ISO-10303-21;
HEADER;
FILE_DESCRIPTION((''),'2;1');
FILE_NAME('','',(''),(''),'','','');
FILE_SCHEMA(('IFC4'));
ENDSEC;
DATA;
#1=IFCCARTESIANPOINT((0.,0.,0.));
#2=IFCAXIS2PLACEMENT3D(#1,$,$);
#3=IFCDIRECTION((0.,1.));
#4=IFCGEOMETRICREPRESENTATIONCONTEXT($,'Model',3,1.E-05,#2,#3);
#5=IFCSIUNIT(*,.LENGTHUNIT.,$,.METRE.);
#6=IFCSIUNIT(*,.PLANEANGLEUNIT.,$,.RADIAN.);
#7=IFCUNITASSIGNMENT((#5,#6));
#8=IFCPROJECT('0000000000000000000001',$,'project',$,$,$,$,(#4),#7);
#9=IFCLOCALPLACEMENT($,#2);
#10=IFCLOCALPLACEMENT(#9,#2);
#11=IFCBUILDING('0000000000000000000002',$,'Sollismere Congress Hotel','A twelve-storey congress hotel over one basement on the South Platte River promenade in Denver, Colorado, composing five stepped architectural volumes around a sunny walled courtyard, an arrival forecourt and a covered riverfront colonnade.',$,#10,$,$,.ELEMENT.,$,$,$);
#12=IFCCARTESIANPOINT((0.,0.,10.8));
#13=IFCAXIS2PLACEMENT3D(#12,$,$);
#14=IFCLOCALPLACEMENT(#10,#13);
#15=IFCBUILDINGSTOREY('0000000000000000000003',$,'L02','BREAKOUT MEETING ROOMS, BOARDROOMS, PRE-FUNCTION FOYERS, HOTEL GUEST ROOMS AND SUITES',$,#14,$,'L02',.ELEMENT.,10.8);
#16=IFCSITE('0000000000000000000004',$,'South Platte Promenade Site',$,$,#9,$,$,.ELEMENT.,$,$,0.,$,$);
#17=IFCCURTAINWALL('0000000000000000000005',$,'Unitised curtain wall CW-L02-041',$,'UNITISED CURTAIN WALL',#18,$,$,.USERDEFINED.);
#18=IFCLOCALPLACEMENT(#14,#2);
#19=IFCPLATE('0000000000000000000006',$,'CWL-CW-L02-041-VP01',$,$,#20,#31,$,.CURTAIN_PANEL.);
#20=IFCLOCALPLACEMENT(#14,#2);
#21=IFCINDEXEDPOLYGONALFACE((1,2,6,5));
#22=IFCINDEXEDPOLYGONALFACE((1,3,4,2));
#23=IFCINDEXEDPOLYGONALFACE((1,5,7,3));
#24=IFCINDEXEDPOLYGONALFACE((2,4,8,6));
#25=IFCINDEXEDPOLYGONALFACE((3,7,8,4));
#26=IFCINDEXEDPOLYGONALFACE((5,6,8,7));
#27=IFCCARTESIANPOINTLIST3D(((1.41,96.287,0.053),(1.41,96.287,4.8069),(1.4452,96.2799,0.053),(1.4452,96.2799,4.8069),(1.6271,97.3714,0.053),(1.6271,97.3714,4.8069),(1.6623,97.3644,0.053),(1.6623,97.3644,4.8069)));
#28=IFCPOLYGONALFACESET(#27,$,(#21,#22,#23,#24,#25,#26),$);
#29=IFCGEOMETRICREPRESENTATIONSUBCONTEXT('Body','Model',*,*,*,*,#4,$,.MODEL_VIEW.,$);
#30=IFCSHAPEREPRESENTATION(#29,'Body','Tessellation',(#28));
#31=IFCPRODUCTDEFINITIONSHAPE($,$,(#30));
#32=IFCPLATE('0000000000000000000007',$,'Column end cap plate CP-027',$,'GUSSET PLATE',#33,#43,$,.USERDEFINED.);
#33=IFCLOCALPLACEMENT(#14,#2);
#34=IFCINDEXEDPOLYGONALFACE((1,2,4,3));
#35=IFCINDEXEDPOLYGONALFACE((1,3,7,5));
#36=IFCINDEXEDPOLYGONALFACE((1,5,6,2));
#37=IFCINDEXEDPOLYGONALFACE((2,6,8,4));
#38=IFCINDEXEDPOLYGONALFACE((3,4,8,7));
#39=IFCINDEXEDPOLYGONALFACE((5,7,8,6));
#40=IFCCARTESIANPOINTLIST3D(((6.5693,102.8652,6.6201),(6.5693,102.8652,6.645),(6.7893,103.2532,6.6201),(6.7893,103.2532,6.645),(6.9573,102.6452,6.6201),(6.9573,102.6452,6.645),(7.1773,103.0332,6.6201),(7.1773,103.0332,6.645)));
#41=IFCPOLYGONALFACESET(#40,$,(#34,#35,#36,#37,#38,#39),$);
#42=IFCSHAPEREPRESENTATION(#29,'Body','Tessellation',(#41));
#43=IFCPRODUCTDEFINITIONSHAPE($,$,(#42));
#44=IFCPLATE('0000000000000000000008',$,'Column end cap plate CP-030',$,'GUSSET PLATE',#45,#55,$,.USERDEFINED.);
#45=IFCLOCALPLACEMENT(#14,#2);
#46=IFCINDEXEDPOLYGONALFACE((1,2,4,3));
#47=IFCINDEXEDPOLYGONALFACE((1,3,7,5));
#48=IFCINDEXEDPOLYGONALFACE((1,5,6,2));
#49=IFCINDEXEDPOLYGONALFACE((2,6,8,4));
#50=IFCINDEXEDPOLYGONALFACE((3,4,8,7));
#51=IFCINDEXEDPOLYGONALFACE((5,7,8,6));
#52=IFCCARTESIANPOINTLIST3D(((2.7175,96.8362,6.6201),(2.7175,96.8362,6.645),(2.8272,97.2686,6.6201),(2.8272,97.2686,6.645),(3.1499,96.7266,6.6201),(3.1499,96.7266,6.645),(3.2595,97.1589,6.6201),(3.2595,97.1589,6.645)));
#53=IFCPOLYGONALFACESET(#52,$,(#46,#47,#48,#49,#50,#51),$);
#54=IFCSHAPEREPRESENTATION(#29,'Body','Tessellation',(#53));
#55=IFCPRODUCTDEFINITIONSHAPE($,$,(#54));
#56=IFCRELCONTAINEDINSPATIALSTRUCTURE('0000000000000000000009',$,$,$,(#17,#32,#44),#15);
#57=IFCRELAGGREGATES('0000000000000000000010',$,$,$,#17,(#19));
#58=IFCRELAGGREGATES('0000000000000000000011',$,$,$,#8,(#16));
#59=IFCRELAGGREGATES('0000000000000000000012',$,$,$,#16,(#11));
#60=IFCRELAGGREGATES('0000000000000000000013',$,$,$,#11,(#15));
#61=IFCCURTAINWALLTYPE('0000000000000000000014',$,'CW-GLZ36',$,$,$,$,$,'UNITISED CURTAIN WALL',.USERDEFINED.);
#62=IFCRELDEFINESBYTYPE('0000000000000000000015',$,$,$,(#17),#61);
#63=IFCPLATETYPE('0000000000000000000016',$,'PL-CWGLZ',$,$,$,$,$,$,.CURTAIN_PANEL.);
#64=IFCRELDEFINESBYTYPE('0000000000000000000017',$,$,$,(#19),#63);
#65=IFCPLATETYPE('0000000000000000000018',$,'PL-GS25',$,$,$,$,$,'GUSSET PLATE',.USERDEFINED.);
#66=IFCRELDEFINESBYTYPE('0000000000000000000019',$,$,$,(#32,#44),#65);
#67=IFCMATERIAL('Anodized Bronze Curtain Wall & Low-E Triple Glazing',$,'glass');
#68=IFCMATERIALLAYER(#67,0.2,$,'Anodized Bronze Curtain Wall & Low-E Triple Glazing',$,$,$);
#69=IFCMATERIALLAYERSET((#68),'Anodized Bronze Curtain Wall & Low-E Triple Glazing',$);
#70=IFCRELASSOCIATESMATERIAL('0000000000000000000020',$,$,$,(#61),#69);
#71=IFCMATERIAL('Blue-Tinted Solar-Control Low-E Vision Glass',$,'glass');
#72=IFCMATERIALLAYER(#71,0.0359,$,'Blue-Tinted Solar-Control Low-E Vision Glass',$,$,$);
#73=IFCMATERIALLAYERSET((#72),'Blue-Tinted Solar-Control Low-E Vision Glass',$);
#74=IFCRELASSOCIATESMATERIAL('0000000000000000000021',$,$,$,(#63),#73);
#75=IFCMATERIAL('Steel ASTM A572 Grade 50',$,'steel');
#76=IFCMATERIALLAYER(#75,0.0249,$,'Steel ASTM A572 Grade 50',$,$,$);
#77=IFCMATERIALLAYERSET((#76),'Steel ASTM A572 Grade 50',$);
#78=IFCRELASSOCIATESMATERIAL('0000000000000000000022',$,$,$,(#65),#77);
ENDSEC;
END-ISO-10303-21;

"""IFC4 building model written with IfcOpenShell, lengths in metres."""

from ifc_helpers import new_model, si_unit, direction, frame, origin, origin_2d, place, context, subcontext, project, spatial, rectangle, extrude, material, layer, layer_set, type_object, element, aggregate, save


model = new_model("IFC4")

# Units and contexts
model_context = context("Model", 3, precision=1e-05, world=origin(), true_north=direction((0.0, 1.0)))
body_context = subcontext(model_context, "Body", "Model", "MODEL_VIEW")
ifc_project = project(units=[si_unit("LENGTHUNIT", "METRE"), si_unit("PLANEANGLEUNIT", "RADIAN")], contexts=[model_context])

# Site, building, storey
site_placement = place(None, origin())
site = spatial("IfcSite", under=ifc_project, at=site_placement, Name="South Platte Promenade Site", CompositionType="ELEMENT", RefElevation=0.0)
building_placement = place(site_placement, origin())
building = spatial("IfcBuilding", under=site, at=building_placement, Name="Sollismere Congress Hotel", Description="A twelve-storey congress hotel over one basement on the South Platte River promenade in Denver, Colorado, composing five stepped architectural volumes around a sunny walled courtyard, an arrival forecourt and a covered riverfront colonnade.", CompositionType="ELEMENT")
storey_placement = place(building_placement, frame((0.0, 0.0, 10.8)))
storey = spatial("IfcBuildingStorey", under=building, at=storey_placement, Name="L02", Description="BREAKOUT MEETING ROOMS, BOARDROOMS, PRE-FUNCTION FOYERS, HOTEL GUEST ROOMS AND SUITES", LongName="L02", CompositionType="ELEMENT", Elevation=10.8)

# Curtain wall
ifc_material_1 = material(Name="Anodized Bronze Curtain Wall & Low-E Triple Glazing", Category="glass")
ifc_layer_1 = layer(ifc_material_1, 0.2, Name="Anodized Bronze Curtain Wall & Low-E Triple Glazing")
ifc_layer_set_1 = layer_set([ifc_layer_1], Name="Anodized Bronze Curtain Wall & Low-E Triple Glazing")
curtain_wall_type = type_object("IfcCurtainWallType", Name="CW-GLZ36", ElementType="UNITISED CURTAIN WALL", PredefinedType="USERDEFINED", material=ifc_layer_set_1)
curtain_wall_1_placement = place(storey_placement, origin())
curtain_wall_1 = element("IfcCurtainWall", 1, at=curtain_wall_1_placement, inside=storey, type_object=curtain_wall_type, Name="Unitised curtain wall CW-L02-041", ObjectType="UNITISED CURTAIN WALL", PredefinedType="USERDEFINED")

# Plate
ifc_material_2 = material(Name="Blue-Tinted Solar-Control Low-E Vision Glass", Category="glass")
ifc_layer_2 = layer(ifc_material_2, 0.0359, Name="Blue-Tinted Solar-Control Low-E Vision Glass")
ifc_layer_set_2 = layer_set([ifc_layer_2], Name="Blue-Tinted Solar-Control Low-E Vision Glass")
plate_type_1 = type_object("IfcPlateType", Name="PL-CWGLZ", PredefinedType="CURTAIN_PANEL", material=ifc_layer_set_2)
plate_1_placement = place(storey_placement, frame((1.5361, 96.8257, 0.053), z_axis=(0.0, 0.0, 1.0), x_axis=(-0.196254, -0.980553, 0.0)))
plate_1 = element("IfcPlate", 2, at=plate_1_placement, type_object=plate_type_1, Name="CWL-CW-L02-041-VP01", PredefinedType="CURTAIN_PANEL", context=body_context, shape_type="SweptSolid", body=[
    extrude(rectangle(XDim=1.106, YDim=0.0359, at=origin_2d()), origin(), (0.0, 0.0, 1.0), 4.7539),
])
aggregate(curtain_wall_1, [plate_1])

# Plates
ifc_material_3 = material(Name="Steel ASTM A572 Grade 50", Category="steel")
ifc_layer_3 = layer(ifc_material_3, 0.0249, Name="Steel ASTM A572 Grade 50")
ifc_layer_set_3 = layer_set([ifc_layer_3], Name="Steel ASTM A572 Grade 50")
plate_type_2 = type_object("IfcPlateType", Name="PL-GS25", ElementType="GUSSET PLATE", PredefinedType="USERDEFINED", material=ifc_layer_set_3)
for number, where, z_axis, x_axis, name in (
    (3, (6.8733, 102.9492, 6.6201), (0.0, 0.0, 1.0), (-0.86984, 0.493335, 0.0), "Column end cap plate CP-027"),
    (4, (2.9885, 96.9976, 6.6201), (0.0, 0.0, 1.0), (-0.969317, 0.245815, 0.0), "Column end cap plate CP-030"),
):
    element("IfcPlate", number, at=place(storey_placement, frame(where, z_axis=z_axis, x_axis=x_axis)), inside=storey, type_object=plate_type_2, Name=name, ObjectType="GUSSET PLATE", PredefinedType="USERDEFINED", context=body_context, shape_type="SweptSolid", body=[
        extrude(rectangle(XDim=0.446, YDim=0.446, at=origin_2d()), origin(), (0.0, 0.0, 1.0), 0.0249),
    ])

save(model, "model.ifc")
